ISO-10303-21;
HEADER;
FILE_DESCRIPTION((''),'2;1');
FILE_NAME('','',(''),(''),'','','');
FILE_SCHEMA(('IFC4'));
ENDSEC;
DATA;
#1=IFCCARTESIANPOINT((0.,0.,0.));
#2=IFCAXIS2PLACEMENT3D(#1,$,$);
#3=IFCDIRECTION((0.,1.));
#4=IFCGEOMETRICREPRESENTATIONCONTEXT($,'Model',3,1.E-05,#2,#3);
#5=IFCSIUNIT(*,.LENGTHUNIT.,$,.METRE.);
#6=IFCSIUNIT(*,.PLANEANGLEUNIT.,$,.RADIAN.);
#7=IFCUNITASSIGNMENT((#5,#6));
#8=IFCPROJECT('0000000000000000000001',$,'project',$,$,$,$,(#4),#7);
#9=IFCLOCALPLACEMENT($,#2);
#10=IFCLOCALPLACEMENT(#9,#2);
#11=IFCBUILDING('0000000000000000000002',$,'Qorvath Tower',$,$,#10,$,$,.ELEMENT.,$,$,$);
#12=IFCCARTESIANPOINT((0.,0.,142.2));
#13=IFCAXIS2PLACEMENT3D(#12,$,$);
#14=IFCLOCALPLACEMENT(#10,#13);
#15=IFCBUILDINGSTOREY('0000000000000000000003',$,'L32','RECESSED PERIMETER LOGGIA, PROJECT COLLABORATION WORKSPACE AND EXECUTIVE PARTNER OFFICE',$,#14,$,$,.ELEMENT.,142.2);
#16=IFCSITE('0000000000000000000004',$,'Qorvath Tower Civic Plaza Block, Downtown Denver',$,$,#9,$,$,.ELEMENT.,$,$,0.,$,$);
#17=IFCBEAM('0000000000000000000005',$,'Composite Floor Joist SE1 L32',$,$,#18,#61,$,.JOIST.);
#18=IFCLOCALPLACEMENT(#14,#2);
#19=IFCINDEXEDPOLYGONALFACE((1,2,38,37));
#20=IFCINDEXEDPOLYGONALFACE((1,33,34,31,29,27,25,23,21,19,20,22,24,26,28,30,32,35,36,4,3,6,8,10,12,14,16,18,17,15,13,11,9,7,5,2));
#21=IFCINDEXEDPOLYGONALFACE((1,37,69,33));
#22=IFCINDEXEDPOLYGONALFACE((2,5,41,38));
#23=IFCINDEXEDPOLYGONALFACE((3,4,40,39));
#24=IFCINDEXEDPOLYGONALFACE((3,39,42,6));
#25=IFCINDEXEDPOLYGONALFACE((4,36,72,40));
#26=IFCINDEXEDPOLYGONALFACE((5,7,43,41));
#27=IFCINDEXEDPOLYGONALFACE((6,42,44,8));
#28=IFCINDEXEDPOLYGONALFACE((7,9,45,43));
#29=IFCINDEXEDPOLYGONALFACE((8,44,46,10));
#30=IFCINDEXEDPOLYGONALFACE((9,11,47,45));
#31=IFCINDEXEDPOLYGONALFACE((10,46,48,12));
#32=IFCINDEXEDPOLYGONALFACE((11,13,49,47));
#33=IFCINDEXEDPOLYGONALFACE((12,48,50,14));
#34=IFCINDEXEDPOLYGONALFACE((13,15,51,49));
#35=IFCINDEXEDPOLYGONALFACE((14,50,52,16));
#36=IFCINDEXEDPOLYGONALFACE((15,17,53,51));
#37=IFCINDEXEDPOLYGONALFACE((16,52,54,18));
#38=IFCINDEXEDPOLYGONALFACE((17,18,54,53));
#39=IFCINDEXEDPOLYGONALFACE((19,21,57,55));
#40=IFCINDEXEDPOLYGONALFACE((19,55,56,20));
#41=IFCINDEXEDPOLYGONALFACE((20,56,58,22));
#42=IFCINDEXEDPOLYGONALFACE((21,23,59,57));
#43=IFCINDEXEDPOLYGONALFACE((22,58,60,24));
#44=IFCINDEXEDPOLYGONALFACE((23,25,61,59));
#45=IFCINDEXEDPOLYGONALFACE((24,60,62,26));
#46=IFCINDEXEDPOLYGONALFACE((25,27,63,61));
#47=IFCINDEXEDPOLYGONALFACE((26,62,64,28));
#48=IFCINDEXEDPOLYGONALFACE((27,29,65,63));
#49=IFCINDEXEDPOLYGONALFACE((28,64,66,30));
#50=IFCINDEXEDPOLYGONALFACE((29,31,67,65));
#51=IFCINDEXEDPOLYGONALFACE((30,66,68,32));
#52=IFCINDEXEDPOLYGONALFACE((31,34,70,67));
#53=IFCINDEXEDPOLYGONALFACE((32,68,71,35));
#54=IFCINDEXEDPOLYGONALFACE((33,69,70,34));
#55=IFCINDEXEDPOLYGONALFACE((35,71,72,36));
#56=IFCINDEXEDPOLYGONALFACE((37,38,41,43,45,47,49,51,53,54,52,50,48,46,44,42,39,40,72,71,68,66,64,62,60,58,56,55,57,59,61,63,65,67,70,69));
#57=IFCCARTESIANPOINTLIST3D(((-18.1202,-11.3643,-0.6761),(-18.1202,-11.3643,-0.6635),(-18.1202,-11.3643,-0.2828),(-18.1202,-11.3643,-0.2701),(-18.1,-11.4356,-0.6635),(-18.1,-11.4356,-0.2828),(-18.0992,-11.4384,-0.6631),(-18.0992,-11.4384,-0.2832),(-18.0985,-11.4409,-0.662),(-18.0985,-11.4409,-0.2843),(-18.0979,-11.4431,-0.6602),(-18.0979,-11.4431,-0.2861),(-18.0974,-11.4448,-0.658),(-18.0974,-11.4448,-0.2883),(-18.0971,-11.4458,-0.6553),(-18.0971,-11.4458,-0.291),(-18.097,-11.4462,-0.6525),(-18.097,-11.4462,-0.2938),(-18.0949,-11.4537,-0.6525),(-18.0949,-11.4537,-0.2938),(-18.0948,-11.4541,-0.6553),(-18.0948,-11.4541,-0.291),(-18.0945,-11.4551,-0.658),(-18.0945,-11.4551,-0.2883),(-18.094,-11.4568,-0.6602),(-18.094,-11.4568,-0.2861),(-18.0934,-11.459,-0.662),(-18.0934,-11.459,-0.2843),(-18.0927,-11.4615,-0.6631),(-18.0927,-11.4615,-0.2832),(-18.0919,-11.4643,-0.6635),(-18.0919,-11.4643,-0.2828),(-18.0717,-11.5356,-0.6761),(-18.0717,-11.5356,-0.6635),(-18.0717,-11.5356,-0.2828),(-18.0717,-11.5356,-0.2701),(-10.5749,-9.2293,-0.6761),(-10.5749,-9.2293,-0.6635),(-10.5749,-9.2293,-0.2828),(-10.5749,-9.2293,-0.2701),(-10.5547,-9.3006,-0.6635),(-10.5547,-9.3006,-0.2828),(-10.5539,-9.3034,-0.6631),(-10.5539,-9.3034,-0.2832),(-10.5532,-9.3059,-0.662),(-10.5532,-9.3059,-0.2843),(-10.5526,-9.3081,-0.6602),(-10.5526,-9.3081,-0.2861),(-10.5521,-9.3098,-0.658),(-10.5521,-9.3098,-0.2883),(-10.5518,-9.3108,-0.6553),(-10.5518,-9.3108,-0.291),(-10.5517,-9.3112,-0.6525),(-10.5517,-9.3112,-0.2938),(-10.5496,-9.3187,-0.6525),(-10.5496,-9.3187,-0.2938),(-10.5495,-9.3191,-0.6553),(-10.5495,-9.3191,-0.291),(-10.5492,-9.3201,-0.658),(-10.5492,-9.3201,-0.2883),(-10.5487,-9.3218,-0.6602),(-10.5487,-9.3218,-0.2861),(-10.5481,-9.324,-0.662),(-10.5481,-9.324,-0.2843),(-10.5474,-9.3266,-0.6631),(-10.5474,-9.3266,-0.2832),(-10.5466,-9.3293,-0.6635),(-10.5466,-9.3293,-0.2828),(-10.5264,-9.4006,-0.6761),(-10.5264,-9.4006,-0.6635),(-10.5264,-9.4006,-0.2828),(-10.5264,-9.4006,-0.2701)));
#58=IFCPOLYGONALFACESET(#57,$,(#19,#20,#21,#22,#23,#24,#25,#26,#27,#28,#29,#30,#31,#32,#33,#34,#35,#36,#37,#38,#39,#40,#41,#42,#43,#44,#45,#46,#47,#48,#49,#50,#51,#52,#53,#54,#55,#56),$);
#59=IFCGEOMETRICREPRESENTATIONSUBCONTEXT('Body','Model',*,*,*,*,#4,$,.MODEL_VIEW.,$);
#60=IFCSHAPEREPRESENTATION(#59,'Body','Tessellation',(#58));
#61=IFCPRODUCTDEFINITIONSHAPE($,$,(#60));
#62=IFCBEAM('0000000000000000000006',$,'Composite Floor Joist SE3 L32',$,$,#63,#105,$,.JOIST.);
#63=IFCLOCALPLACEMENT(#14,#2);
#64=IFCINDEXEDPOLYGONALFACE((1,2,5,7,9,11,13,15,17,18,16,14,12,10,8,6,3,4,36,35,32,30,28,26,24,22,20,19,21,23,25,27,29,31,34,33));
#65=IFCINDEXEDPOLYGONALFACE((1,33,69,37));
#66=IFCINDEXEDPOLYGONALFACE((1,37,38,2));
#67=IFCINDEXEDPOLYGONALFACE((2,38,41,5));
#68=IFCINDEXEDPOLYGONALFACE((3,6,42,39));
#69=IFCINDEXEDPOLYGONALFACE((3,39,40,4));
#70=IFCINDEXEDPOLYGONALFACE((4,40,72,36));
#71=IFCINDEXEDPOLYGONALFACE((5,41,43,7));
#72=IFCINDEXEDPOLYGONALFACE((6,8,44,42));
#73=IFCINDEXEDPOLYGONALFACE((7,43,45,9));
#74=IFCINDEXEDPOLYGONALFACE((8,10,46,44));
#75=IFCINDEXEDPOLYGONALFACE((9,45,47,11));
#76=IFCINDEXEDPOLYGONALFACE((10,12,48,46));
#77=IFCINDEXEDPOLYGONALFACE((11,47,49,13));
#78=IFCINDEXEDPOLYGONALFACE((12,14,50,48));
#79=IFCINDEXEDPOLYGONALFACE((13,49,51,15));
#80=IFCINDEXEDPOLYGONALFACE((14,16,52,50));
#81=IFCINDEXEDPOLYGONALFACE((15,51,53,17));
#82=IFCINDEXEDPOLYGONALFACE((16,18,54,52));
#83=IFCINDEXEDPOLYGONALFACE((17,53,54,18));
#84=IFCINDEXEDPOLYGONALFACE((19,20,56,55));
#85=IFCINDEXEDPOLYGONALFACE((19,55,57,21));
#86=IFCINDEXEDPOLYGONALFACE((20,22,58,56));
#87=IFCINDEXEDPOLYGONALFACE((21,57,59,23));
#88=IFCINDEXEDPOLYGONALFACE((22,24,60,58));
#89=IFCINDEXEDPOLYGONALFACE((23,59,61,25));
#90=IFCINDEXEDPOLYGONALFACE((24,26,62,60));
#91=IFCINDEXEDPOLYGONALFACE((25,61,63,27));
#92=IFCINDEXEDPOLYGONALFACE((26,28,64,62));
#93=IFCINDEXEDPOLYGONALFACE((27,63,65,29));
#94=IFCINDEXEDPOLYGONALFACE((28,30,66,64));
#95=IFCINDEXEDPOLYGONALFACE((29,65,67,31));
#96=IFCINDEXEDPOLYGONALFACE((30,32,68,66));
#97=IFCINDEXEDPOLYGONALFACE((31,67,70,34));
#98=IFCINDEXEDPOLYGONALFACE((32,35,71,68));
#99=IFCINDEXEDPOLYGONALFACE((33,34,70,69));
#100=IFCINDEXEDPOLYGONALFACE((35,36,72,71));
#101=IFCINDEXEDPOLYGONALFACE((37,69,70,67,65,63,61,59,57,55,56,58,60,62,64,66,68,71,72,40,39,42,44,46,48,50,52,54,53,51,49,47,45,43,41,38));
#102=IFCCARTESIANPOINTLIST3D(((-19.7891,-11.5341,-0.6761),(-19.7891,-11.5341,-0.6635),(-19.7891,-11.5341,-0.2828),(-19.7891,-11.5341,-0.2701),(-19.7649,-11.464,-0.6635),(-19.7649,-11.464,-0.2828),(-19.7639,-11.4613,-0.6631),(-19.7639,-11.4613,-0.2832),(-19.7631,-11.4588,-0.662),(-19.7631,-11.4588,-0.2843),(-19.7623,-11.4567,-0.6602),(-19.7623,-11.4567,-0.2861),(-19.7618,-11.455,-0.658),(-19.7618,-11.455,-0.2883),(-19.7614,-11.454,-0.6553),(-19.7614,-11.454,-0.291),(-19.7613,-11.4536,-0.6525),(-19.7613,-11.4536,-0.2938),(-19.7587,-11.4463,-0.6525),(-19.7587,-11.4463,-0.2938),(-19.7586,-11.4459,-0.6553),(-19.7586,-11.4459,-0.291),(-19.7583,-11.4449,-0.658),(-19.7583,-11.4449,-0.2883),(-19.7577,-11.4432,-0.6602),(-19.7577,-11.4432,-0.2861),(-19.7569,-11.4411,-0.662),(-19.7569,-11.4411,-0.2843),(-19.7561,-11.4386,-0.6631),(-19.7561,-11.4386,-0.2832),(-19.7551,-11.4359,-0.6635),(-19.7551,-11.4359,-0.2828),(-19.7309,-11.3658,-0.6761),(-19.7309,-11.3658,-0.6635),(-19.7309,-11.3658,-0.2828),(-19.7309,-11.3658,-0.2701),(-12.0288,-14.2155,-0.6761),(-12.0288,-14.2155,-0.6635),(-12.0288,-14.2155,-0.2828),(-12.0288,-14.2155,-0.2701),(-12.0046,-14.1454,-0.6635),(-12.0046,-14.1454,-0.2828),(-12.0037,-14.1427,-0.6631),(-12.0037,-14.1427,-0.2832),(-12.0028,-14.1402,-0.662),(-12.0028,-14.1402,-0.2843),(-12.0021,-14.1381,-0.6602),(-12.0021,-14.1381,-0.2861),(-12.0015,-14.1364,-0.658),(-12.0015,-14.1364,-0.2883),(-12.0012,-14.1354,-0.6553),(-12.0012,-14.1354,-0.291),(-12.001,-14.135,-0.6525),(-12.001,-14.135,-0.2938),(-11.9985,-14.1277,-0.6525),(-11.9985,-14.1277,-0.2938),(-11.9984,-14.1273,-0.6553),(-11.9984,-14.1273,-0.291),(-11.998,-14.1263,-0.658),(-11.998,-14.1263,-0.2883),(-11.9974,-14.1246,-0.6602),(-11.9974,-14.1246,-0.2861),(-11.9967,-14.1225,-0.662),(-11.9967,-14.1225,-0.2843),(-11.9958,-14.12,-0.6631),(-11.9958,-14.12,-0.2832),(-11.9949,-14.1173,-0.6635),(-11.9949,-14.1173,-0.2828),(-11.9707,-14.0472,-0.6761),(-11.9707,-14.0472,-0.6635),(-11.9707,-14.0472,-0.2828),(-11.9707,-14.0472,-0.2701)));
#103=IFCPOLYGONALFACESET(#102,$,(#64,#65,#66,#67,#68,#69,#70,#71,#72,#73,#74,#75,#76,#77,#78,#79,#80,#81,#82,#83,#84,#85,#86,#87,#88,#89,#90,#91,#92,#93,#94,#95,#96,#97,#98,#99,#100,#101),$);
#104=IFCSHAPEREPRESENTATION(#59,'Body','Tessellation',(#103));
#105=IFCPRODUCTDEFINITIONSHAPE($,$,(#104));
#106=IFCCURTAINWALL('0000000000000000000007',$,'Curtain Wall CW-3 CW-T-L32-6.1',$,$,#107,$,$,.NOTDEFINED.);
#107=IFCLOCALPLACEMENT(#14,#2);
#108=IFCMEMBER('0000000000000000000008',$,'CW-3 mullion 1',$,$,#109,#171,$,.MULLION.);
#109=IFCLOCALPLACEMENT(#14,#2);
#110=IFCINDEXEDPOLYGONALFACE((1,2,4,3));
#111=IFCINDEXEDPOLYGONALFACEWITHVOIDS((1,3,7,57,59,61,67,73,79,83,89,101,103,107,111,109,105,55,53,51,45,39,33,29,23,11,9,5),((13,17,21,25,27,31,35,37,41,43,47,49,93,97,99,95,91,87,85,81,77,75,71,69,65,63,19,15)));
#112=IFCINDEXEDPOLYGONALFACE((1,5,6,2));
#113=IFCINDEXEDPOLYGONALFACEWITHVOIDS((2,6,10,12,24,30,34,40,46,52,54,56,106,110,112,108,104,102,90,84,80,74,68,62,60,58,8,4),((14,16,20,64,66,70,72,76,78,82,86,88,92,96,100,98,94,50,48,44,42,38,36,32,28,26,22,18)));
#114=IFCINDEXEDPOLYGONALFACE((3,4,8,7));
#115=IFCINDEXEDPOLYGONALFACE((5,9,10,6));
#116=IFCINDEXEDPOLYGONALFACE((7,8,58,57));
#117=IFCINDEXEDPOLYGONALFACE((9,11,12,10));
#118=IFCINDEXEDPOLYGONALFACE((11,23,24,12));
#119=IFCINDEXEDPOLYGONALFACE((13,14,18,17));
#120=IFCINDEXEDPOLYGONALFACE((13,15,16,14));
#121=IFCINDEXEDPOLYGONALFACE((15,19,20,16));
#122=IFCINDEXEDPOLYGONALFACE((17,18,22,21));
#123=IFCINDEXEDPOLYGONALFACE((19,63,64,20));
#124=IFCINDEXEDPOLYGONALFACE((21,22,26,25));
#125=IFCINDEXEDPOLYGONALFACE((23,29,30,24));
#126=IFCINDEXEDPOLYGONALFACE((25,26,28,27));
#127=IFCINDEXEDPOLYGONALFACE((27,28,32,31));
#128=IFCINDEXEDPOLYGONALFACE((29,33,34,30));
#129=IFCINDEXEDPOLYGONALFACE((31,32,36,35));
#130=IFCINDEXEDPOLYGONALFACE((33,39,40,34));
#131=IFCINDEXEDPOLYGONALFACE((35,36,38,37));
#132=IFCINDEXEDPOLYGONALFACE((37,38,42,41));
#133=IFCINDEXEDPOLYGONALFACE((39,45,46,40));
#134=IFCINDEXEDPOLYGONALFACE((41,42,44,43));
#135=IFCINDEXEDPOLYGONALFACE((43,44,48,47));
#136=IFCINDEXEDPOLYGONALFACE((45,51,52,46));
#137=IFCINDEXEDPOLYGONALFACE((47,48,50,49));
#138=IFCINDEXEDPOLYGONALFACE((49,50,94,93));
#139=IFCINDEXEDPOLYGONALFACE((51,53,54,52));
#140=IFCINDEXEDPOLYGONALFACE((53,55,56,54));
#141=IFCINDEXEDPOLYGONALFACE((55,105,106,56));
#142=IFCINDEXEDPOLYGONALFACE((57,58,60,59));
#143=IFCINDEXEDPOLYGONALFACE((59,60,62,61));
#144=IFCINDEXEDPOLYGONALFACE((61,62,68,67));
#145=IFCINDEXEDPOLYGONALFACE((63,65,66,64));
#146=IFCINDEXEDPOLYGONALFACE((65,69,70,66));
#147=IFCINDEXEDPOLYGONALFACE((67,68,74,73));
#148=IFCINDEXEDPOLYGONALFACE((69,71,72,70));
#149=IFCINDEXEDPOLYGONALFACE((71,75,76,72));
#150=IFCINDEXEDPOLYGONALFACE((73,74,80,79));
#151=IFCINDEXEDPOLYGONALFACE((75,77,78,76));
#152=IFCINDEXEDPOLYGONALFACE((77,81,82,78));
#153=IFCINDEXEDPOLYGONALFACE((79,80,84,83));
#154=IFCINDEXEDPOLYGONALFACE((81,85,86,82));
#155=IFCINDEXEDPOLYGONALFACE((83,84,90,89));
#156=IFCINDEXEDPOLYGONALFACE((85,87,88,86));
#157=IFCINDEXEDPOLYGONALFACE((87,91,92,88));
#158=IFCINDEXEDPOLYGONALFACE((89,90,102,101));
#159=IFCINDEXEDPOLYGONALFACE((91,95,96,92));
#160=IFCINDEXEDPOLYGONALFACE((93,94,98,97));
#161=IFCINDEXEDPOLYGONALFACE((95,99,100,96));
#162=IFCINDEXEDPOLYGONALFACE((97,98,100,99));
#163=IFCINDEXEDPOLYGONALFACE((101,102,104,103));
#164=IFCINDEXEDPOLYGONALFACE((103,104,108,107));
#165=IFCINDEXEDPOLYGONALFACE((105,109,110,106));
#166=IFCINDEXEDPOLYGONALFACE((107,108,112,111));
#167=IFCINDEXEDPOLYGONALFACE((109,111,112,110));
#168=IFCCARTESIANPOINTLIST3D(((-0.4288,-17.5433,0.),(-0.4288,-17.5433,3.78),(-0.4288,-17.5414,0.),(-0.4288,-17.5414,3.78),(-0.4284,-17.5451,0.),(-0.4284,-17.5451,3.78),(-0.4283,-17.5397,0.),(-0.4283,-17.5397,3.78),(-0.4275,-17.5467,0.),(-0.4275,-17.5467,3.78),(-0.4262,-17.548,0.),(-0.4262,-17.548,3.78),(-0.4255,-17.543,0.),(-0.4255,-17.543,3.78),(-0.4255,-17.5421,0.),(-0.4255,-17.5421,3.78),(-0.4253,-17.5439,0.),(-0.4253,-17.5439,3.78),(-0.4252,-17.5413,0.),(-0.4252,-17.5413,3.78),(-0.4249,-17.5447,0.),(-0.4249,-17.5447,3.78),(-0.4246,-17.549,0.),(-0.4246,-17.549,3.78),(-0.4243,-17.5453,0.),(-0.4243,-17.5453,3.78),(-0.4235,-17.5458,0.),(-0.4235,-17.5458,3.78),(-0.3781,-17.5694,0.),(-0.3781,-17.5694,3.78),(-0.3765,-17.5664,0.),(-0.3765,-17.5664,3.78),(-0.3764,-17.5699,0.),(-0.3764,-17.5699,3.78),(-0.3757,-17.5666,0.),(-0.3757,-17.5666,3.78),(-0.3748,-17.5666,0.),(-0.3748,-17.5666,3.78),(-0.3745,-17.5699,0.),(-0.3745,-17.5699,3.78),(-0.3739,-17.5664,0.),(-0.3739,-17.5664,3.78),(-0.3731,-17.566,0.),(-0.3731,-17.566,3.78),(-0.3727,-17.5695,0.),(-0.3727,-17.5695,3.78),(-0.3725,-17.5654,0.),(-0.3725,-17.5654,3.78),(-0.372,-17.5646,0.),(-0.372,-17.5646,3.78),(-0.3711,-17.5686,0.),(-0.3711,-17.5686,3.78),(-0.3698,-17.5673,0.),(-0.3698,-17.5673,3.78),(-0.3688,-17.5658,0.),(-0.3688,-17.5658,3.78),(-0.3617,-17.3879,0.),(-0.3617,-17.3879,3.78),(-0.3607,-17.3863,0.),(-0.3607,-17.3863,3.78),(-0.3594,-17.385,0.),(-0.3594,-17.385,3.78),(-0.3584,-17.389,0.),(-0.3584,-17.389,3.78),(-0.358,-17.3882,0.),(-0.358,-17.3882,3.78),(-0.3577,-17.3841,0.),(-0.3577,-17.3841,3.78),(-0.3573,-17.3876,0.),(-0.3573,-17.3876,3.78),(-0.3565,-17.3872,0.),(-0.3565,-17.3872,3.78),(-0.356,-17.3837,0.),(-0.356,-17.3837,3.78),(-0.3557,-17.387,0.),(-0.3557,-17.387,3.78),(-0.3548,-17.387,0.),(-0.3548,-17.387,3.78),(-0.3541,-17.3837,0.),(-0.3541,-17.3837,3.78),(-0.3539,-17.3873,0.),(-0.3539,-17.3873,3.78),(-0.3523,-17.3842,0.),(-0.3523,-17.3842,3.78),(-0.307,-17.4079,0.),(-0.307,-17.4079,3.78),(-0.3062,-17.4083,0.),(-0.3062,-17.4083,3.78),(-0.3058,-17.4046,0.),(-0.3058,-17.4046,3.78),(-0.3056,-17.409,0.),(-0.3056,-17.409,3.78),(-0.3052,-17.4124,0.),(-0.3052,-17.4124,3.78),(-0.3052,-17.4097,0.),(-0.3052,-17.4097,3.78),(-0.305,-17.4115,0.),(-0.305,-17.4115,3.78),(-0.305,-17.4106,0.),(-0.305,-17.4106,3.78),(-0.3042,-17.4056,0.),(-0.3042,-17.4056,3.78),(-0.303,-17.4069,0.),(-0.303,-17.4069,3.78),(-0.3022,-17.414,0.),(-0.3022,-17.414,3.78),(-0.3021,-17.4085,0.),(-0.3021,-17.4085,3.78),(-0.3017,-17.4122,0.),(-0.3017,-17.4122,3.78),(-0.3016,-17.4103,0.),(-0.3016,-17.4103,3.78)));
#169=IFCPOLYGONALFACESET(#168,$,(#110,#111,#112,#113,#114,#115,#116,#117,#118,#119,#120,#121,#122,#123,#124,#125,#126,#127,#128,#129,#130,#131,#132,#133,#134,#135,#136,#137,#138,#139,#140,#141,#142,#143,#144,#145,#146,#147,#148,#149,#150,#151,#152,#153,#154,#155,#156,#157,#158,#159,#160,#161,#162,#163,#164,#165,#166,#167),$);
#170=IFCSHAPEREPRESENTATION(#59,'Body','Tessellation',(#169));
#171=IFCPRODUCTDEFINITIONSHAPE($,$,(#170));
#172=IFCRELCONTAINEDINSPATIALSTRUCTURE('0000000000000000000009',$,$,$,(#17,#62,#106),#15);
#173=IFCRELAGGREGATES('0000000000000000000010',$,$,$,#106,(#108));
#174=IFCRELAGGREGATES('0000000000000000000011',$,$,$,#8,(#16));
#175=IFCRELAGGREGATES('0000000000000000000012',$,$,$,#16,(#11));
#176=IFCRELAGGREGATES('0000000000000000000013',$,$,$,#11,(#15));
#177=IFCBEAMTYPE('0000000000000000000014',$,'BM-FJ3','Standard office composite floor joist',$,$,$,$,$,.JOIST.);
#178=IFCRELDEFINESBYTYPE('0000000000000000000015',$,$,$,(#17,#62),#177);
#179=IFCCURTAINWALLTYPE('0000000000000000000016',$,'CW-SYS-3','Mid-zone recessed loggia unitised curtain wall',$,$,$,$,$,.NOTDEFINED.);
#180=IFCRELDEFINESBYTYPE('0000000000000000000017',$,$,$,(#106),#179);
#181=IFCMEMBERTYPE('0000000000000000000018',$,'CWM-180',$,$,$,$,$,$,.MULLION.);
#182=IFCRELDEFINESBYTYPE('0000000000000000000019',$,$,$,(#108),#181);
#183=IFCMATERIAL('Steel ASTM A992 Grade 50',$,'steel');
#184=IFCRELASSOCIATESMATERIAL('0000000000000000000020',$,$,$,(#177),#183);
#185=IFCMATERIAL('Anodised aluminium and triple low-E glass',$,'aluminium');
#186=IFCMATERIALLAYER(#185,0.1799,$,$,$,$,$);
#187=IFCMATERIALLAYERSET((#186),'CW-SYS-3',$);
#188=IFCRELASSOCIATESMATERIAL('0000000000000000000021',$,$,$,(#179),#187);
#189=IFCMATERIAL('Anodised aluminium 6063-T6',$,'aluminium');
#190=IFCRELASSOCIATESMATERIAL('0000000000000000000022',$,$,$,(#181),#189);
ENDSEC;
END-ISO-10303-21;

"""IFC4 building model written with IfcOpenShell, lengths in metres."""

from ifc_helpers import new_model, si_unit, direction, frame, origin, origin_2d, place, context, subcontext, project, spatial, hollow_rectangle, i_section, extrude, material, layer, layer_set, material_profile, profile_set, type_object, element, aggregate, save


model = new_model("IFC4")

# Units and contexts
model_context = context("Model", 3, precision=1e-05, world=origin(), true_north=direction((0.0, 1.0)))
body_context = subcontext(model_context, "Body", "Model", "MODEL_VIEW")
ifc_project = project(units=[si_unit("LENGTHUNIT", "METRE"), si_unit("PLANEANGLEUNIT", "RADIAN")], contexts=[model_context])

# Site, building, storey
site_placement = place(None, origin())
site = spatial("IfcSite", under=ifc_project, at=site_placement, Name="Qorvath Tower Civic Plaza Block, Downtown Denver", CompositionType="ELEMENT", RefElevation=0.0)
building_placement = place(site_placement, origin())
building = spatial("IfcBuilding", under=site, at=building_placement, Name="Qorvath Tower", CompositionType="ELEMENT")
storey_placement = place(building_placement, frame((0.0, 0.0, 142.2)))
storey = spatial("IfcBuildingStorey", under=building, at=storey_placement, Name="L32", Description="RECESSED PERIMETER LOGGIA, PROJECT COLLABORATION WORKSPACE AND EXECUTIVE PARTNER OFFICE", CompositionType="ELEMENT", Elevation=142.2)

# Beams
ifc_material_1 = material(Name="Steel ASTM A992 Grade 50", Category="steel")
ifc_material_profile_1 = material_profile(ifc_material_1, i_section(OverallWidth=0.178, OverallDepth=0.406, WebThickness=0.0078, FlangeThickness=0.0127, FilletRadius=0.011, at=origin_2d()), Name="W16x40")
ifc_profile_set_1 = profile_set([ifc_material_profile_1], Name="Steel ASTM A992 Grade 50")
beam_type_1 = type_object("IfcBeamType", Name="BM-FJ3", Description="Standard office composite floor joist", PredefinedType="JOIST", material=ifc_profile_set_1)
beam_1_placement = place(storey_placement, frame((-18.0959, -11.45, -0.4731), z_axis=(0.962222, 0.272265, 0.0), x_axis=(-0.272265, 0.962222, 0.0)))
element("IfcBeam", 1, at=beam_1_placement, inside=storey, type_object=beam_type_1, Name="Composite Floor Joist SE1 L32", PredefinedType="JOIST", context=body_context, shape_type="SweptSolid", body=[
    extrude(i_section(OverallWidth=0.178, OverallDepth=0.406, WebThickness=0.0078, FlangeThickness=0.0127, FilletRadius=0.011, at=origin_2d()), origin(), (0.0, 0.0, 1.0), 7.8416),
])
beam_2_placement = place(storey_placement, frame((-19.76, -11.45, -0.4731), z_axis=(0.945168, -0.326584, 0.0), x_axis=(0.326584, 0.945168, 0.0)))
element("IfcBeam", 2, at=beam_2_placement, inside=storey, type_object=beam_type_1, Name="Composite Floor Joist SE3 L32", PredefinedType="JOIST", context=body_context, shape_type="SweptSolid", body=[
    extrude(i_section(OverallWidth=0.178, OverallDepth=0.406, WebThickness=0.0078, FlangeThickness=0.0127, FilletRadius=0.011, at=origin_2d()), origin(), (0.0, 0.0, 1.0), 8.2104),
])

# Curtain wall, member
ifc_material_2 = material(Name="Anodised aluminium and triple low-E glass", Category="aluminium")
ifc_layer_1 = layer(ifc_material_2, 0.1799)
ifc_layer_set_1 = layer_set([ifc_layer_1], Name="CW-SYS-3")
curtain_wall_type = type_object("IfcCurtainWallType", Name="CW-SYS-3", Description="Mid-zone recessed loggia unitised curtain wall", PredefinedType="NOTDEFINED", material=ifc_layer_set_1)
curtain_wall_1_placement = place(storey_placement, origin())
curtain_wall_1 = element("IfcCurtainWall", 3, at=curtain_wall_1_placement, inside=storey, type_object=curtain_wall_type, Name="Curtain Wall CW-3 CW-T-L32-6.1", PredefinedType="NOTDEFINED")
ifc_material_3 = material(Name="Anodised aluminium 6063-T6", Category="aluminium")
ifc_material_profile_2 = material_profile(ifc_material_3, hollow_rectangle(XDim=0.0649, YDim=0.1799, WallThickness=0.0034, InnerFilletRadius=0.0034, OuterFilletRadius=0.0071, at=origin_2d()), Name="CWM 180x65")
ifc_profile_set_2 = profile_set([ifc_material_profile_2], Name="Anodised aluminium 6063-T6")
member_type_1 = type_object("IfcMemberType", Name="CWM-180", PredefinedType="MULLION", material=ifc_profile_set_2)
member_1_placement = place(storey_placement, frame((-0.3652, -17.4768, 0.0), z_axis=(0.0, 0.0, 1.0), x_axis=(-0.915704, 0.401854, 0.0)))
member_1 = element("IfcMember", 4, at=member_1_placement, type_object=member_type_1, Name="CW-3 mullion 1", PredefinedType="MULLION", context=body_context, shape_type="SweptSolid", body=[
    extrude(hollow_rectangle(XDim=0.0649, YDim=0.1799, WallThickness=0.0034, InnerFilletRadius=0.0034, OuterFilletRadius=0.0071, at=origin_2d()), origin(), (0.0, 0.0, 1.0), 3.78),
])

aggregate(curtain_wall_1, [member_1])

save(model, "model.ifc")
